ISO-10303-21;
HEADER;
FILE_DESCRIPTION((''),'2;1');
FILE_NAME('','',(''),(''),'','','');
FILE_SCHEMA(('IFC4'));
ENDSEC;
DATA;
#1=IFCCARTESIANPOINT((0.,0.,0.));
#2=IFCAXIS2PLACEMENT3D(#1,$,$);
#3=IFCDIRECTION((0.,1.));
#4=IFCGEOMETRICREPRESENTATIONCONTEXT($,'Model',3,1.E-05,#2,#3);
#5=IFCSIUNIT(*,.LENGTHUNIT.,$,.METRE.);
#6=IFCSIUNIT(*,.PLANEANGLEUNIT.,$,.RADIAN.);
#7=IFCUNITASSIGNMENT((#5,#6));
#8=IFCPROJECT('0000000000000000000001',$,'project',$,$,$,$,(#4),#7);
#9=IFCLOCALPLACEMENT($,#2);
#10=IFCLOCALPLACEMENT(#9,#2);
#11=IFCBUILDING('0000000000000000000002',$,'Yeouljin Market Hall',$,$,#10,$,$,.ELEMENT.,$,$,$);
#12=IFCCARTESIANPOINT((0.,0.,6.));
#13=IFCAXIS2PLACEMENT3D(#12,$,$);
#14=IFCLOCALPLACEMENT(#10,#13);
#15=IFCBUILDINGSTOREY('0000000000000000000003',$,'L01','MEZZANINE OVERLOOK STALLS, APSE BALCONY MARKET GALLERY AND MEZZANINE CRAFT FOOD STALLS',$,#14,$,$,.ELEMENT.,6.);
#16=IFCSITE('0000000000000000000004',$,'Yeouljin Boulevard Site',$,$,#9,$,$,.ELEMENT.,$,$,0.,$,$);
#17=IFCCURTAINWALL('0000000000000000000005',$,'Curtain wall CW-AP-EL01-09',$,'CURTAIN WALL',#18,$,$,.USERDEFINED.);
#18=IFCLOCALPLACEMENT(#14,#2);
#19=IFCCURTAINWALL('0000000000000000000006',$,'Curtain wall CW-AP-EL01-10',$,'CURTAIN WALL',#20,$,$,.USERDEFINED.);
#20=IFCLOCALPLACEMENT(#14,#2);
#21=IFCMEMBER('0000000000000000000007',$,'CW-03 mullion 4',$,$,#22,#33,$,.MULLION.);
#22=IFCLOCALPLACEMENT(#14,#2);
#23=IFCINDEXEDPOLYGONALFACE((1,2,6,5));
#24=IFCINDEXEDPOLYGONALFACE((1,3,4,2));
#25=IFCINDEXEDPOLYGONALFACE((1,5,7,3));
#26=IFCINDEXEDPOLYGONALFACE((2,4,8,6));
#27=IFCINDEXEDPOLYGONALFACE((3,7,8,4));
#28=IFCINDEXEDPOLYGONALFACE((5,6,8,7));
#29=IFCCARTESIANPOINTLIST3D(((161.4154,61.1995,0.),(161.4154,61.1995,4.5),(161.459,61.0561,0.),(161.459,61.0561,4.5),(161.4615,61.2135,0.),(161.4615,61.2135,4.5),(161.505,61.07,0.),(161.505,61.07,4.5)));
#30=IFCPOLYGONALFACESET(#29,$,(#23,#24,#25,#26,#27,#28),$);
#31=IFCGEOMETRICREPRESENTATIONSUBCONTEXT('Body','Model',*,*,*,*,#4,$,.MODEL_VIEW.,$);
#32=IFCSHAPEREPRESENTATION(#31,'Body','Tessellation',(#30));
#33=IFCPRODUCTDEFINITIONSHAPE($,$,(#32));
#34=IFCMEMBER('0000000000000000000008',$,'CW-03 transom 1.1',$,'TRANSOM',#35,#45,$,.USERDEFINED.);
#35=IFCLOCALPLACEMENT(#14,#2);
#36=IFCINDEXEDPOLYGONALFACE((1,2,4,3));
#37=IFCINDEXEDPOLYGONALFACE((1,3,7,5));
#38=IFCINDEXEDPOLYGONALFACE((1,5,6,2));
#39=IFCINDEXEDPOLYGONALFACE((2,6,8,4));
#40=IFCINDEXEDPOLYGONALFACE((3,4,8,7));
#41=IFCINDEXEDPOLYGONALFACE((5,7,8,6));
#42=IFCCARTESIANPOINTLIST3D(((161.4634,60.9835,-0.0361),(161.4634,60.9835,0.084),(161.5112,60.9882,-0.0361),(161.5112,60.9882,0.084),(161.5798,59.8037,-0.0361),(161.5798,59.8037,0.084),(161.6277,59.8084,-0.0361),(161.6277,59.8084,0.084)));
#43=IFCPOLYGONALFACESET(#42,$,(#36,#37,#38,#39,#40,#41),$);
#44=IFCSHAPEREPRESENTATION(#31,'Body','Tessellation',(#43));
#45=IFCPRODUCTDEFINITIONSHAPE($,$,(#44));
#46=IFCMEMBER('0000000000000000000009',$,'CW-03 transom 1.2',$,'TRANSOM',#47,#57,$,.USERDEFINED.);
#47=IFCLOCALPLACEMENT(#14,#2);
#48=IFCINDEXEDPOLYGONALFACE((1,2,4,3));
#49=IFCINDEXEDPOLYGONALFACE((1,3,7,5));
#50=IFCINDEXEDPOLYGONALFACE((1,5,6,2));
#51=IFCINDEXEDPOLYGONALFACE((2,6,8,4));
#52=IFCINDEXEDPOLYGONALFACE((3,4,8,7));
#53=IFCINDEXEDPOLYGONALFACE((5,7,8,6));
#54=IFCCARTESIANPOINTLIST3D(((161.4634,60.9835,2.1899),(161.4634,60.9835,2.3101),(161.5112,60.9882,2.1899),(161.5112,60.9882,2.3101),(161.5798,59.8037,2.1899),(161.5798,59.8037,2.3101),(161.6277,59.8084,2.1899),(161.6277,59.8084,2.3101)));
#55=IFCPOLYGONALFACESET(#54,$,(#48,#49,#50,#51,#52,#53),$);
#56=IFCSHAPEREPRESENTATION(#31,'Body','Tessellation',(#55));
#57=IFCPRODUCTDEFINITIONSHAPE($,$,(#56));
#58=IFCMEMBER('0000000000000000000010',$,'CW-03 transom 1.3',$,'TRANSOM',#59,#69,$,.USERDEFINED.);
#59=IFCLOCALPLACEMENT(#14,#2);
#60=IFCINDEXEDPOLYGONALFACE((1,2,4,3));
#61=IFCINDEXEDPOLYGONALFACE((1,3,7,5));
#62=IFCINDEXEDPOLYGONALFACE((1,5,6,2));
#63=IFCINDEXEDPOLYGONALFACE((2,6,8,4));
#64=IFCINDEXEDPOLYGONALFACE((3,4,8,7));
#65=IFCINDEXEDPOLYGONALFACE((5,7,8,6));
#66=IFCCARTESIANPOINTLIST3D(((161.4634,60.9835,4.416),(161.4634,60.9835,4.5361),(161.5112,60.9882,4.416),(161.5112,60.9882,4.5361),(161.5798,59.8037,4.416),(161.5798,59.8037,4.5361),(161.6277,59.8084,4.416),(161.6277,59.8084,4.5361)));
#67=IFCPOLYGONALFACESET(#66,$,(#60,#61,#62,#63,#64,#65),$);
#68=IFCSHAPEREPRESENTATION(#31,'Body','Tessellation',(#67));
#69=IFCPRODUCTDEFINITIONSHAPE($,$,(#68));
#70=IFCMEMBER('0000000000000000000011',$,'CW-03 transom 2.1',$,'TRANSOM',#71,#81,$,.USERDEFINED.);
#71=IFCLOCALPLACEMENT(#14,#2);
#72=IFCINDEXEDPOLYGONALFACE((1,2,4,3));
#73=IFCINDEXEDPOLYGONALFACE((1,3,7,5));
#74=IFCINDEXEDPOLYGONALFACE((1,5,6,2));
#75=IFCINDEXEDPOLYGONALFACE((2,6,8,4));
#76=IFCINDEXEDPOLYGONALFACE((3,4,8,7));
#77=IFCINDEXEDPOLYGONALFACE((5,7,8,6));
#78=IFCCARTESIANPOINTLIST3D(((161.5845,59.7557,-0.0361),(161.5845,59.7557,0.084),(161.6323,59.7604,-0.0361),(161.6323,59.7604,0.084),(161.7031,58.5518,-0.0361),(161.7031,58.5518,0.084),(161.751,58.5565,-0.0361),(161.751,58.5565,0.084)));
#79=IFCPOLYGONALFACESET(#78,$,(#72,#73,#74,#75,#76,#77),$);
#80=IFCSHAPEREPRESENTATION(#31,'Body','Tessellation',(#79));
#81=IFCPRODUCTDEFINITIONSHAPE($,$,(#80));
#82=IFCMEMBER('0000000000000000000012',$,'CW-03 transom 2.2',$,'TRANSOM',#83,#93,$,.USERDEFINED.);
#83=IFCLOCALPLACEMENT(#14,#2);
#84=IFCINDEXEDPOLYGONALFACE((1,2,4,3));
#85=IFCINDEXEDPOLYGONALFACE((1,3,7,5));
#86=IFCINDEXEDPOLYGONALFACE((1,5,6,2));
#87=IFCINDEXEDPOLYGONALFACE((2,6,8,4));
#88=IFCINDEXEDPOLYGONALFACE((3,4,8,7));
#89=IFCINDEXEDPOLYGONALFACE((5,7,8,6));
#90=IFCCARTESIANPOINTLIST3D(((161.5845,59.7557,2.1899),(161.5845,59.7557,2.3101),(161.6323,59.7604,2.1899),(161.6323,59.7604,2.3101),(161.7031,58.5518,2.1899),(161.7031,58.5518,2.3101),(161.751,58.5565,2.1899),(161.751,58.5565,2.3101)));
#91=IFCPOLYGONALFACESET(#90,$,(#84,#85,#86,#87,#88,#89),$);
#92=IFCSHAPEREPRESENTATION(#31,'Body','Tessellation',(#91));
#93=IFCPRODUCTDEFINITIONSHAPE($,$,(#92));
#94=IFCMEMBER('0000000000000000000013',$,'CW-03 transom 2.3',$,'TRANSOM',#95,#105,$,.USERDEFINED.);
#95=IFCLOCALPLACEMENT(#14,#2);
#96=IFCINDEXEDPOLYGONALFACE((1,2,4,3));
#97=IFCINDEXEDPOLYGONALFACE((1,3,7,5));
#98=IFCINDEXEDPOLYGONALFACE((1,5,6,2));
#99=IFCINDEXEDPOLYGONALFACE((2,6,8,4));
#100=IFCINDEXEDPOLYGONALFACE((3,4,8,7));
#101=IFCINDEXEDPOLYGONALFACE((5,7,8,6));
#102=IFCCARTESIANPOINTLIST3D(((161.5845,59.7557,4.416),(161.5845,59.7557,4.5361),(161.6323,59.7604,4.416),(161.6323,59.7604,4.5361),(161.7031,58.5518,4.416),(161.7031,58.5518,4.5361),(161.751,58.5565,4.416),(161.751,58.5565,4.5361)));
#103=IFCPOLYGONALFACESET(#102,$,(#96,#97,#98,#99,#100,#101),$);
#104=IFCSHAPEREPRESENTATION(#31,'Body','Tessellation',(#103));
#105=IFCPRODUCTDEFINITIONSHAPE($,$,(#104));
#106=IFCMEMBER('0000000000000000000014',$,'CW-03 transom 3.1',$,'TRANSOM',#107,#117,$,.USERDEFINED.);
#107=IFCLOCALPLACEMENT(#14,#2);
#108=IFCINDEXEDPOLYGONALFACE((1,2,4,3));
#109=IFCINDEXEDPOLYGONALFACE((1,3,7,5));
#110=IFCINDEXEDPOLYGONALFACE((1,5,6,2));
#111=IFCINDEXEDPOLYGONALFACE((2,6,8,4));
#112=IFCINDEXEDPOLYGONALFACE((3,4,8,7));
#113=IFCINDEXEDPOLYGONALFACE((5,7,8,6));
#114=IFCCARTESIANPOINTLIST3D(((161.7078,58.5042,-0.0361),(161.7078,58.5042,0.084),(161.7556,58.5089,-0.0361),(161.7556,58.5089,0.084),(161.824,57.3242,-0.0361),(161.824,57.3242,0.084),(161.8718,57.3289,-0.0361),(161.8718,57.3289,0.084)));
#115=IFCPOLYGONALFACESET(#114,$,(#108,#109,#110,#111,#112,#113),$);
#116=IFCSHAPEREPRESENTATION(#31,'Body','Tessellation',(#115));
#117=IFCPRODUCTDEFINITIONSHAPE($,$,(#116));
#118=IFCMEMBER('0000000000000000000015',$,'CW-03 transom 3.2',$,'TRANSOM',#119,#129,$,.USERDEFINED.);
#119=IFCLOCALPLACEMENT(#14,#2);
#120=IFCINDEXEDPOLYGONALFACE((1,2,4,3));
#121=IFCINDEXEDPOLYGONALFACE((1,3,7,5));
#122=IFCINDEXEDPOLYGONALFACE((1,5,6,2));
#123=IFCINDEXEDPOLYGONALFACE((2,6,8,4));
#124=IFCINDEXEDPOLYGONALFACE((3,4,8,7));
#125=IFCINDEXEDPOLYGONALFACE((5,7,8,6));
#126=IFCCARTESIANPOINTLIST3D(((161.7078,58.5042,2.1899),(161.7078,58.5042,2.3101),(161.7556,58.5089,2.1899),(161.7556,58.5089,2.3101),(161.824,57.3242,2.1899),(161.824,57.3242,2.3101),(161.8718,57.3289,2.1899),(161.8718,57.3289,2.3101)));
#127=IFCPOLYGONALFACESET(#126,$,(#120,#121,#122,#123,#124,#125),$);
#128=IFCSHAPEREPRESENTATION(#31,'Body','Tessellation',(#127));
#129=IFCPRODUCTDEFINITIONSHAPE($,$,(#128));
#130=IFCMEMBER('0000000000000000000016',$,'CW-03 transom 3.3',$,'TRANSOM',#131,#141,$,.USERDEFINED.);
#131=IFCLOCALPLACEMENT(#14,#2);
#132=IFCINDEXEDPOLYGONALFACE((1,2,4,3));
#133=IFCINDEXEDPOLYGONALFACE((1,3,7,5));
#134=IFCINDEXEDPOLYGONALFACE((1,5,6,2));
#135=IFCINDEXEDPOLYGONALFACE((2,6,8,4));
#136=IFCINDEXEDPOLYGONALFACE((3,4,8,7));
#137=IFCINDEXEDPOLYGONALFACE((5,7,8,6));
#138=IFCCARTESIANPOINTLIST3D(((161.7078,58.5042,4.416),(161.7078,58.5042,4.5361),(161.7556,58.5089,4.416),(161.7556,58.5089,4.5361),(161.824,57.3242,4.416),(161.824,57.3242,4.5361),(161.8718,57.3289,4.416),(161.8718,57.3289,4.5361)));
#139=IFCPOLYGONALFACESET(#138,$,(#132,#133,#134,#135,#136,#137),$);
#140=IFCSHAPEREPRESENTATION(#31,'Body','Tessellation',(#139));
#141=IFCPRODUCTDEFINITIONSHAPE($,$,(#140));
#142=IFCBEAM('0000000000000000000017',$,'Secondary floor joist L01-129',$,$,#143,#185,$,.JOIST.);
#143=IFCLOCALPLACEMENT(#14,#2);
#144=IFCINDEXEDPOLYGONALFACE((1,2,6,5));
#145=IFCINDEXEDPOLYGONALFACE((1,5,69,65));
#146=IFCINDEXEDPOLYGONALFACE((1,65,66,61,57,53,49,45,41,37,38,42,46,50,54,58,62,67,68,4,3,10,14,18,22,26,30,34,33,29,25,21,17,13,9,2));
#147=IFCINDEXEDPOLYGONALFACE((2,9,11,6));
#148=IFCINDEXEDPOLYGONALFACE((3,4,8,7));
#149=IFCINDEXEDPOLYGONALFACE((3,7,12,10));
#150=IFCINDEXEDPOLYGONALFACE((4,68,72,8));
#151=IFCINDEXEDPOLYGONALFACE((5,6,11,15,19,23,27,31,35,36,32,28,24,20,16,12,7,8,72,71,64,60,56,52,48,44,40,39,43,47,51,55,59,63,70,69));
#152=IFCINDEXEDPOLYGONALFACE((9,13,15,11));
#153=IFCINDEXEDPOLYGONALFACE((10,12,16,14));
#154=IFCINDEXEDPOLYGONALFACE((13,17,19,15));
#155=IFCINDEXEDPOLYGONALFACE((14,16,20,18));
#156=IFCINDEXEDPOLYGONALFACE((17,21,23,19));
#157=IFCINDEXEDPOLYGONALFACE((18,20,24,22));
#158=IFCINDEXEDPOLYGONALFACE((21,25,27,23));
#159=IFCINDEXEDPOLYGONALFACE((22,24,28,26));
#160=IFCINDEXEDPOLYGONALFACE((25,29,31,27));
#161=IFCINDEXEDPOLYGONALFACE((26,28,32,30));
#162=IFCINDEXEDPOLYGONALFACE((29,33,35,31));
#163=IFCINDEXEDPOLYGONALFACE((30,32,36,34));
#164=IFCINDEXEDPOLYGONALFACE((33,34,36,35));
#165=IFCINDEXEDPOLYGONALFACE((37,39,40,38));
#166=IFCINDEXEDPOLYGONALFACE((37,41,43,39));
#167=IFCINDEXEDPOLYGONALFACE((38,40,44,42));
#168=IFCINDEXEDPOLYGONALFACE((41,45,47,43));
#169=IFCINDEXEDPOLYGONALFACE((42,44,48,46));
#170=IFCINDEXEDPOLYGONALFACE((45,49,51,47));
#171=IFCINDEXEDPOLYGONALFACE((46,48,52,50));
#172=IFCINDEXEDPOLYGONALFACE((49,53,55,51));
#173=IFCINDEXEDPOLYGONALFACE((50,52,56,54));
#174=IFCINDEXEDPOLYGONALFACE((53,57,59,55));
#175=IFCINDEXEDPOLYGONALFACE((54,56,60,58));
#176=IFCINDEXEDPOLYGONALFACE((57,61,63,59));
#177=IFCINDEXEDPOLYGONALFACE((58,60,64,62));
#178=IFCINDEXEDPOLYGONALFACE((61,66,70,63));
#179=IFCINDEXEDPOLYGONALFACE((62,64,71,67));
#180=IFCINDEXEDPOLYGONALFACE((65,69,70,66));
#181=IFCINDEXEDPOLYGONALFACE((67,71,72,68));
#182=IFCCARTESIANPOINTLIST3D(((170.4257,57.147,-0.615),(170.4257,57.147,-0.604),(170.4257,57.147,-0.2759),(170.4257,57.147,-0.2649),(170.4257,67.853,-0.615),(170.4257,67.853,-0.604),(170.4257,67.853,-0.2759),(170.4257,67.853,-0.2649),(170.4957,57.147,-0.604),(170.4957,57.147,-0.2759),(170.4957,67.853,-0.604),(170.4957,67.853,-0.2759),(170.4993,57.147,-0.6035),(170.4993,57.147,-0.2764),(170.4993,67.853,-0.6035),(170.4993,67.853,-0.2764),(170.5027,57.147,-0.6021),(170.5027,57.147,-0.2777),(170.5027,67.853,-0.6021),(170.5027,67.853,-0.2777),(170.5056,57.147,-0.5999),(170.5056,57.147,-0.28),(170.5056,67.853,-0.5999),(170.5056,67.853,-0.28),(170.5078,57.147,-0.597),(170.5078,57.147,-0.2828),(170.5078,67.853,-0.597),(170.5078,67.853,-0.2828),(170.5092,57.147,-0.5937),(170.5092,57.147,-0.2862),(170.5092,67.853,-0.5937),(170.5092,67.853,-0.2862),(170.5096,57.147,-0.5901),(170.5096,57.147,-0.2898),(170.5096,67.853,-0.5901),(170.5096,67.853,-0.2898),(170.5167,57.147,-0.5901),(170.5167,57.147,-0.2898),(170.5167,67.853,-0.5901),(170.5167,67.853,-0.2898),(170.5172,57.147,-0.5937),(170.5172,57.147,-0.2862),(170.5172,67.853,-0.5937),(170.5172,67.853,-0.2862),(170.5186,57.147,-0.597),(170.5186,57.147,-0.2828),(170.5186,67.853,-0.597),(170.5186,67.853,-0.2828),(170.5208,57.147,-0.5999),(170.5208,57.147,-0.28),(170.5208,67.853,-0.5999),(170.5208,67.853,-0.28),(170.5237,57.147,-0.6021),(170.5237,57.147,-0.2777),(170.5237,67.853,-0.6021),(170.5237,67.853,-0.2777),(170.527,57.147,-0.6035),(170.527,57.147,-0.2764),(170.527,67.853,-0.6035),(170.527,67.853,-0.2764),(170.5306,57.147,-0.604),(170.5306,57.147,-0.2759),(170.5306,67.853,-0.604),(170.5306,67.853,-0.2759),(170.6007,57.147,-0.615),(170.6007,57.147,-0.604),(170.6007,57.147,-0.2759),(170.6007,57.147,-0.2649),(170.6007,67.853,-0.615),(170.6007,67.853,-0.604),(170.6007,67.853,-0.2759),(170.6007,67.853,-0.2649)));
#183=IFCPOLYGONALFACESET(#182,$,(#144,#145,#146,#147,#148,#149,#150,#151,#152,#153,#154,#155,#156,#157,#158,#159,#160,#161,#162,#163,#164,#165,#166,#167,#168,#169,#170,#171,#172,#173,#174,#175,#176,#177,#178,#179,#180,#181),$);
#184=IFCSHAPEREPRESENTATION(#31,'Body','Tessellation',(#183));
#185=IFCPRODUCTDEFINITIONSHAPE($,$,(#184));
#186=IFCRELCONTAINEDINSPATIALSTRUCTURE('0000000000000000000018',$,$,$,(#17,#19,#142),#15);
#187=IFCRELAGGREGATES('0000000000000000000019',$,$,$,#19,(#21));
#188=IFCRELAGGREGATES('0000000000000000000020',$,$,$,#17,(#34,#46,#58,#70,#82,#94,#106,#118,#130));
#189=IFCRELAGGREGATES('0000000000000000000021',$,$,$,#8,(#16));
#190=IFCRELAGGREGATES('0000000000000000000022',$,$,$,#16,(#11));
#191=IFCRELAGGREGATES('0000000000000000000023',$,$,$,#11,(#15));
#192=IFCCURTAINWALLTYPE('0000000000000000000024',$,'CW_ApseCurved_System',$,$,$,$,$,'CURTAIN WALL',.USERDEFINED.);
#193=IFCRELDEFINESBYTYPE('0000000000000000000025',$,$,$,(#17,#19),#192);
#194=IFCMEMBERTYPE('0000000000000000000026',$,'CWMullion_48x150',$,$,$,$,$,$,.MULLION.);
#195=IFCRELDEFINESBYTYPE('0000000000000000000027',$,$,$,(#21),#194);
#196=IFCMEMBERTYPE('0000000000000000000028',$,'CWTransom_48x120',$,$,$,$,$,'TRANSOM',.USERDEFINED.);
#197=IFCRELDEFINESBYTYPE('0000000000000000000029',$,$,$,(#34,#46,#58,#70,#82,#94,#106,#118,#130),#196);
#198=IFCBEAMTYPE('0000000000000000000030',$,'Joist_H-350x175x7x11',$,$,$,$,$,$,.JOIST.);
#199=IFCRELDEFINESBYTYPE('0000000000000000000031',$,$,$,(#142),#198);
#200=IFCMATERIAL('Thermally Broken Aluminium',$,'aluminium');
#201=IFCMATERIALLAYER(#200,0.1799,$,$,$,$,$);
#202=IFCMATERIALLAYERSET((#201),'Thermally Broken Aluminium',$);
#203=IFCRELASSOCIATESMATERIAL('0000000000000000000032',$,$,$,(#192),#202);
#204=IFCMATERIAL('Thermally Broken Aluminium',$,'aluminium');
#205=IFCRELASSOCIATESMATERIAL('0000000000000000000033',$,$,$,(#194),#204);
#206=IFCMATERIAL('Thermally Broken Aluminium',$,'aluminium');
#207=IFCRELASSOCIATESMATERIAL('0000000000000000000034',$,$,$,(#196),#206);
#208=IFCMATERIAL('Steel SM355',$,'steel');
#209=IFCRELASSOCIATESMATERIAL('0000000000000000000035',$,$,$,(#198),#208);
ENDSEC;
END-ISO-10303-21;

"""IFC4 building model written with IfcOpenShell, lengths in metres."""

from ifc_helpers import new_model, si_unit, direction, frame, origin, origin_2d, place, context, subcontext, project, spatial, rectangle, i_section, extrude, material, layer, layer_set, material_profile, profile_set, type_object, element, aggregate, save


model = new_model("IFC4")

# Units and contexts
model_context = context("Model", 3, precision=1e-05, world=origin(), true_north=direction((0.0, 1.0)))
body_context = subcontext(model_context, "Body", "Model", "MODEL_VIEW")
ifc_project = project(units=[si_unit("LENGTHUNIT", "METRE"), si_unit("PLANEANGLEUNIT", "RADIAN")], contexts=[model_context])

# Site, building, storey
site_placement = place(None, origin())
site = spatial("IfcSite", under=ifc_project, at=site_placement, Name="Yeouljin Boulevard Site", CompositionType="ELEMENT", RefElevation=0.0)
building_placement = place(site_placement, origin())
building = spatial("IfcBuilding", under=site, at=building_placement, Name="Yeouljin Market Hall", CompositionType="ELEMENT")
storey_placement = place(building_placement, frame((0.0, 0.0, 6.0)))
storey = spatial("IfcBuildingStorey", under=building, at=storey_placement, Name="L01", Description="MEZZANINE OVERLOOK STALLS, APSE BALCONY MARKET GALLERY AND MEZZANINE CRAFT FOOD STALLS", CompositionType="ELEMENT", Elevation=6.0)

# Curtain wall
ifc_material_1 = material(Name="Thermally Broken Aluminium", Category="aluminium")
ifc_layer_1 = layer(ifc_material_1, 0.1799)
ifc_layer_set_1 = layer_set([ifc_layer_1], Name="Thermally Broken Aluminium")
curtain_wall_type = type_object("IfcCurtainWallType", Name="CW_ApseCurved_System", ElementType="CURTAIN WALL", PredefinedType="USERDEFINED", material=ifc_layer_set_1)
curtain_wall_1_placement = place(storey_placement, origin())
curtain_wall_1 = element("IfcCurtainWall", 1, at=curtain_wall_1_placement, inside=storey, type_object=curtain_wall_type, Name="Curtain wall CW-AP-EL01-09", ObjectType="CURTAIN WALL", PredefinedType="USERDEFINED")
ifc_material_2 = material(Name="Thermally Broken Aluminium", Category="aluminium")
ifc_material_profile_1 = material_profile(ifc_material_2, rectangle(XDim=0.0481, YDim=0.1499, at=origin_2d()), Name="CW-MULL-48x150")
ifc_profile_set_1 = profile_set([ifc_material_profile_1], Name="Thermally Broken Aluminium")
member_type_1 = type_object("IfcMemberType", Name="CWMullion_48x150", PredefinedType="MULLION", material=ifc_profile_set_1)

# Curtain wall, member
curtain_wall_2_placement = place(storey_placement, origin())
curtain_wall_2 = element("IfcCurtainWall", 2, at=curtain_wall_2_placement, inside=storey, type_object=curtain_wall_type, Name="Curtain wall CW-AP-EL01-10", ObjectType="CURTAIN WALL", PredefinedType="USERDEFINED")
member_1_placement = place(storey_placement, frame((161.4602, 61.1348, 0.0), z_axis=(0.0, 0.0, 1.0), x_axis=(0.95694, 0.290286, 0.0)))
member_1 = element("IfcMember", 3, at=member_1_placement, type_object=member_type_1, Name="CW-03 mullion 4", PredefinedType="MULLION", context=body_context, shape_type="SweptSolid", body=[
    extrude(rectangle(XDim=0.0481, YDim=0.1499, at=origin_2d()), origin(), (0.0, 0.0, 1.0), 4.5),
])
aggregate(curtain_wall_2, [member_1])

# Members
ifc_material_3 = material(Name="Thermally Broken Aluminium", Category="aluminium")
ifc_material_profile_2 = material_profile(ifc_material_3, rectangle(XDim=0.0481, YDim=0.1201, at=origin_2d()), Name="CW-TRAN-48x120")
ifc_profile_set_2 = profile_set([ifc_material_profile_2], Name="Thermally Broken Aluminium")
member_type_2 = type_object("IfcMemberType", Name="CWTransom_48x120", ElementType="TRANSOM", PredefinedType="USERDEFINED", material=ifc_profile_set_2)
member_2_placement = place(storey_placement, frame((161.4873, 60.9858, 0.0239), z_axis=(0.098219, -0.995165, 0.0), x_axis=(0.995165, 0.098219, 0.0)))
member_2 = element("IfcMember", 4, at=member_2_placement, type_object=member_type_2, Name="CW-03 transom 1.1", ObjectType="TRANSOM", PredefinedType="USERDEFINED", context=body_context, shape_type="SweptSolid", body=[
    extrude(rectangle(XDim=0.0481, YDim=0.1201, at=origin_2d()), origin(), (0.0, 0.0, 1.0), 1.1855),
])
member_3_placement = place(storey_placement, frame((161.4873, 60.9858, 2.25), z_axis=(0.098219, -0.995165, 0.0), x_axis=(0.995165, 0.098219, 0.0)))
member_3 = element("IfcMember", 5, at=member_3_placement, type_object=member_type_2, Name="CW-03 transom 1.2", ObjectType="TRANSOM", PredefinedType="USERDEFINED", context=body_context, shape_type="SweptSolid", body=[
    extrude(rectangle(XDim=0.0481, YDim=0.1201, at=origin_2d()), origin(), (0.0, 0.0, 1.0), 1.1855),
])
member_4_placement = place(storey_placement, frame((161.4873, 60.9858, 4.4761), z_axis=(0.098219, -0.995165, 0.0), x_axis=(0.995165, 0.098219, 0.0)))
member_4 = element("IfcMember", 6, at=member_4_placement, type_object=member_type_2, Name="CW-03 transom 1.3", ObjectType="TRANSOM", PredefinedType="USERDEFINED", context=body_context, shape_type="SweptSolid", body=[
    extrude(rectangle(XDim=0.0481, YDim=0.1201, at=origin_2d()), origin(), (0.0, 0.0, 1.0), 1.1855),
])
member_5_placement = place(storey_placement, frame((161.6084, 59.7581, 0.0239), z_axis=(0.098085, -0.995178, 0.0), x_axis=(0.995178, 0.098085, 0.0)))
member_5 = element("IfcMember", 7, at=member_5_placement, type_object=member_type_2, Name="CW-03 transom 2.1", ObjectType="TRANSOM", PredefinedType="USERDEFINED", context=body_context, shape_type="SweptSolid", body=[
    extrude(rectangle(XDim=0.0481, YDim=0.1201, at=origin_2d()), origin(), (0.0, 0.0, 1.0), 1.2097),
])
member_6_placement = place(storey_placement, frame((161.6084, 59.7581, 2.25), z_axis=(0.098085, -0.995178, 0.0), x_axis=(0.995178, 0.098085, 0.0)))
member_6 = element("IfcMember", 8, at=member_6_placement, type_object=member_type_2, Name="CW-03 transom 2.2", ObjectType="TRANSOM", PredefinedType="USERDEFINED", context=body_context, shape_type="SweptSolid", body=[
    extrude(rectangle(XDim=0.0481, YDim=0.1201, at=origin_2d()), origin(), (0.0, 0.0, 1.0), 1.2097),
])
member_7_placement = place(storey_placement, frame((161.6084, 59.7581, 4.4761), z_axis=(0.098085, -0.995178, 0.0), x_axis=(0.995178, 0.098085, 0.0)))
member_7 = element("IfcMember", 9, at=member_7_placement, type_object=member_type_2, Name="CW-03 transom 2.3", ObjectType="TRANSOM", PredefinedType="USERDEFINED", context=body_context, shape_type="SweptSolid", body=[
    extrude(rectangle(XDim=0.0481, YDim=0.1201, at=origin_2d()), origin(), (0.0, 0.0, 1.0), 1.2097),
])
member_8_placement = place(storey_placement, frame((161.7317, 58.5066, 0.0239), z_axis=(0.097995, -0.995187, 0.0), x_axis=(0.995187, 0.097995, 0.0)))
member_8 = element("IfcMember", 10, at=member_8_placement, type_object=member_type_2, Name="CW-03 transom 3.1", ObjectType="TRANSOM", PredefinedType="USERDEFINED", context=body_context, shape_type="SweptSolid", body=[
    extrude(rectangle(XDim=0.0481, YDim=0.1201, at=origin_2d()), origin(), (0.0, 0.0, 1.0), 1.1858),
])
member_9_placement = place(storey_placement, frame((161.7317, 58.5066, 2.25), z_axis=(0.097995, -0.995187, 0.0), x_axis=(0.995187, 0.097995, 0.0)))
member_9 = element("IfcMember", 11, at=member_9_placement, type_object=member_type_2, Name="CW-03 transom 3.2", ObjectType="TRANSOM", PredefinedType="USERDEFINED", context=body_context, shape_type="SweptSolid", body=[
    extrude(rectangle(XDim=0.0481, YDim=0.1201, at=origin_2d()), origin(), (0.0, 0.0, 1.0), 1.1858),
])
member_10_placement = place(storey_placement, frame((161.7317, 58.5066, 4.4761), z_axis=(0.097995, -0.995187, 0.0), x_axis=(0.995187, 0.097995, 0.0)))
member_10 = element("IfcMember", 12, at=member_10_placement, type_object=member_type_2, Name="CW-03 transom 3.3", ObjectType="TRANSOM", PredefinedType="USERDEFINED", context=body_context, shape_type="SweptSolid", body=[
    extrude(rectangle(XDim=0.0481, YDim=0.1201, at=origin_2d()), origin(), (0.0, 0.0, 1.0), 1.1858),
])

# Beam
ifc_material_4 = material(Name="Steel SM355", Category="steel")
ifc_material_profile_3 = material_profile(ifc_material_4, i_section(OverallWidth=0.175, OverallDepth=0.3501, WebThickness=0.0071, FlangeThickness=0.011, FilletRadius=0.0139, at=origin_2d()), Name="H-350x175x7x11")
ifc_profile_set_3 = profile_set([ifc_material_profile_3], Name="Steel SM355")
beam_type_1 = type_object("IfcBeamType", Name="Joist_H-350x175x7x11", PredefinedType="JOIST", material=ifc_profile_set_3)
for number, where, z_axis, x_axis, name in (
    (13, (170.5132, 57.147, -0.4399), (0.0, 1.0, 0.0), (-1.0, 0.0, 0.0), "Secondary floor joist L01-129"),
):
    element("IfcBeam", number, at=place(storey_placement, frame(where, z_axis=z_axis, x_axis=x_axis)), inside=storey, type_object=beam_type_1, Name=name, PredefinedType="JOIST", context=body_context, shape_type="SweptSolid", body=[
        extrude(i_section(OverallWidth=0.175, OverallDepth=0.3501, WebThickness=0.0071, FlangeThickness=0.011, FilletRadius=0.0139, at=origin_2d()), origin(), (0.0, 0.0, 1.0), 10.7061),
    ])

aggregate(curtain_wall_1, [member_2, member_3, member_4, member_5, member_6, member_7, member_8, member_9, member_10])

save(model, "model.ifc")
